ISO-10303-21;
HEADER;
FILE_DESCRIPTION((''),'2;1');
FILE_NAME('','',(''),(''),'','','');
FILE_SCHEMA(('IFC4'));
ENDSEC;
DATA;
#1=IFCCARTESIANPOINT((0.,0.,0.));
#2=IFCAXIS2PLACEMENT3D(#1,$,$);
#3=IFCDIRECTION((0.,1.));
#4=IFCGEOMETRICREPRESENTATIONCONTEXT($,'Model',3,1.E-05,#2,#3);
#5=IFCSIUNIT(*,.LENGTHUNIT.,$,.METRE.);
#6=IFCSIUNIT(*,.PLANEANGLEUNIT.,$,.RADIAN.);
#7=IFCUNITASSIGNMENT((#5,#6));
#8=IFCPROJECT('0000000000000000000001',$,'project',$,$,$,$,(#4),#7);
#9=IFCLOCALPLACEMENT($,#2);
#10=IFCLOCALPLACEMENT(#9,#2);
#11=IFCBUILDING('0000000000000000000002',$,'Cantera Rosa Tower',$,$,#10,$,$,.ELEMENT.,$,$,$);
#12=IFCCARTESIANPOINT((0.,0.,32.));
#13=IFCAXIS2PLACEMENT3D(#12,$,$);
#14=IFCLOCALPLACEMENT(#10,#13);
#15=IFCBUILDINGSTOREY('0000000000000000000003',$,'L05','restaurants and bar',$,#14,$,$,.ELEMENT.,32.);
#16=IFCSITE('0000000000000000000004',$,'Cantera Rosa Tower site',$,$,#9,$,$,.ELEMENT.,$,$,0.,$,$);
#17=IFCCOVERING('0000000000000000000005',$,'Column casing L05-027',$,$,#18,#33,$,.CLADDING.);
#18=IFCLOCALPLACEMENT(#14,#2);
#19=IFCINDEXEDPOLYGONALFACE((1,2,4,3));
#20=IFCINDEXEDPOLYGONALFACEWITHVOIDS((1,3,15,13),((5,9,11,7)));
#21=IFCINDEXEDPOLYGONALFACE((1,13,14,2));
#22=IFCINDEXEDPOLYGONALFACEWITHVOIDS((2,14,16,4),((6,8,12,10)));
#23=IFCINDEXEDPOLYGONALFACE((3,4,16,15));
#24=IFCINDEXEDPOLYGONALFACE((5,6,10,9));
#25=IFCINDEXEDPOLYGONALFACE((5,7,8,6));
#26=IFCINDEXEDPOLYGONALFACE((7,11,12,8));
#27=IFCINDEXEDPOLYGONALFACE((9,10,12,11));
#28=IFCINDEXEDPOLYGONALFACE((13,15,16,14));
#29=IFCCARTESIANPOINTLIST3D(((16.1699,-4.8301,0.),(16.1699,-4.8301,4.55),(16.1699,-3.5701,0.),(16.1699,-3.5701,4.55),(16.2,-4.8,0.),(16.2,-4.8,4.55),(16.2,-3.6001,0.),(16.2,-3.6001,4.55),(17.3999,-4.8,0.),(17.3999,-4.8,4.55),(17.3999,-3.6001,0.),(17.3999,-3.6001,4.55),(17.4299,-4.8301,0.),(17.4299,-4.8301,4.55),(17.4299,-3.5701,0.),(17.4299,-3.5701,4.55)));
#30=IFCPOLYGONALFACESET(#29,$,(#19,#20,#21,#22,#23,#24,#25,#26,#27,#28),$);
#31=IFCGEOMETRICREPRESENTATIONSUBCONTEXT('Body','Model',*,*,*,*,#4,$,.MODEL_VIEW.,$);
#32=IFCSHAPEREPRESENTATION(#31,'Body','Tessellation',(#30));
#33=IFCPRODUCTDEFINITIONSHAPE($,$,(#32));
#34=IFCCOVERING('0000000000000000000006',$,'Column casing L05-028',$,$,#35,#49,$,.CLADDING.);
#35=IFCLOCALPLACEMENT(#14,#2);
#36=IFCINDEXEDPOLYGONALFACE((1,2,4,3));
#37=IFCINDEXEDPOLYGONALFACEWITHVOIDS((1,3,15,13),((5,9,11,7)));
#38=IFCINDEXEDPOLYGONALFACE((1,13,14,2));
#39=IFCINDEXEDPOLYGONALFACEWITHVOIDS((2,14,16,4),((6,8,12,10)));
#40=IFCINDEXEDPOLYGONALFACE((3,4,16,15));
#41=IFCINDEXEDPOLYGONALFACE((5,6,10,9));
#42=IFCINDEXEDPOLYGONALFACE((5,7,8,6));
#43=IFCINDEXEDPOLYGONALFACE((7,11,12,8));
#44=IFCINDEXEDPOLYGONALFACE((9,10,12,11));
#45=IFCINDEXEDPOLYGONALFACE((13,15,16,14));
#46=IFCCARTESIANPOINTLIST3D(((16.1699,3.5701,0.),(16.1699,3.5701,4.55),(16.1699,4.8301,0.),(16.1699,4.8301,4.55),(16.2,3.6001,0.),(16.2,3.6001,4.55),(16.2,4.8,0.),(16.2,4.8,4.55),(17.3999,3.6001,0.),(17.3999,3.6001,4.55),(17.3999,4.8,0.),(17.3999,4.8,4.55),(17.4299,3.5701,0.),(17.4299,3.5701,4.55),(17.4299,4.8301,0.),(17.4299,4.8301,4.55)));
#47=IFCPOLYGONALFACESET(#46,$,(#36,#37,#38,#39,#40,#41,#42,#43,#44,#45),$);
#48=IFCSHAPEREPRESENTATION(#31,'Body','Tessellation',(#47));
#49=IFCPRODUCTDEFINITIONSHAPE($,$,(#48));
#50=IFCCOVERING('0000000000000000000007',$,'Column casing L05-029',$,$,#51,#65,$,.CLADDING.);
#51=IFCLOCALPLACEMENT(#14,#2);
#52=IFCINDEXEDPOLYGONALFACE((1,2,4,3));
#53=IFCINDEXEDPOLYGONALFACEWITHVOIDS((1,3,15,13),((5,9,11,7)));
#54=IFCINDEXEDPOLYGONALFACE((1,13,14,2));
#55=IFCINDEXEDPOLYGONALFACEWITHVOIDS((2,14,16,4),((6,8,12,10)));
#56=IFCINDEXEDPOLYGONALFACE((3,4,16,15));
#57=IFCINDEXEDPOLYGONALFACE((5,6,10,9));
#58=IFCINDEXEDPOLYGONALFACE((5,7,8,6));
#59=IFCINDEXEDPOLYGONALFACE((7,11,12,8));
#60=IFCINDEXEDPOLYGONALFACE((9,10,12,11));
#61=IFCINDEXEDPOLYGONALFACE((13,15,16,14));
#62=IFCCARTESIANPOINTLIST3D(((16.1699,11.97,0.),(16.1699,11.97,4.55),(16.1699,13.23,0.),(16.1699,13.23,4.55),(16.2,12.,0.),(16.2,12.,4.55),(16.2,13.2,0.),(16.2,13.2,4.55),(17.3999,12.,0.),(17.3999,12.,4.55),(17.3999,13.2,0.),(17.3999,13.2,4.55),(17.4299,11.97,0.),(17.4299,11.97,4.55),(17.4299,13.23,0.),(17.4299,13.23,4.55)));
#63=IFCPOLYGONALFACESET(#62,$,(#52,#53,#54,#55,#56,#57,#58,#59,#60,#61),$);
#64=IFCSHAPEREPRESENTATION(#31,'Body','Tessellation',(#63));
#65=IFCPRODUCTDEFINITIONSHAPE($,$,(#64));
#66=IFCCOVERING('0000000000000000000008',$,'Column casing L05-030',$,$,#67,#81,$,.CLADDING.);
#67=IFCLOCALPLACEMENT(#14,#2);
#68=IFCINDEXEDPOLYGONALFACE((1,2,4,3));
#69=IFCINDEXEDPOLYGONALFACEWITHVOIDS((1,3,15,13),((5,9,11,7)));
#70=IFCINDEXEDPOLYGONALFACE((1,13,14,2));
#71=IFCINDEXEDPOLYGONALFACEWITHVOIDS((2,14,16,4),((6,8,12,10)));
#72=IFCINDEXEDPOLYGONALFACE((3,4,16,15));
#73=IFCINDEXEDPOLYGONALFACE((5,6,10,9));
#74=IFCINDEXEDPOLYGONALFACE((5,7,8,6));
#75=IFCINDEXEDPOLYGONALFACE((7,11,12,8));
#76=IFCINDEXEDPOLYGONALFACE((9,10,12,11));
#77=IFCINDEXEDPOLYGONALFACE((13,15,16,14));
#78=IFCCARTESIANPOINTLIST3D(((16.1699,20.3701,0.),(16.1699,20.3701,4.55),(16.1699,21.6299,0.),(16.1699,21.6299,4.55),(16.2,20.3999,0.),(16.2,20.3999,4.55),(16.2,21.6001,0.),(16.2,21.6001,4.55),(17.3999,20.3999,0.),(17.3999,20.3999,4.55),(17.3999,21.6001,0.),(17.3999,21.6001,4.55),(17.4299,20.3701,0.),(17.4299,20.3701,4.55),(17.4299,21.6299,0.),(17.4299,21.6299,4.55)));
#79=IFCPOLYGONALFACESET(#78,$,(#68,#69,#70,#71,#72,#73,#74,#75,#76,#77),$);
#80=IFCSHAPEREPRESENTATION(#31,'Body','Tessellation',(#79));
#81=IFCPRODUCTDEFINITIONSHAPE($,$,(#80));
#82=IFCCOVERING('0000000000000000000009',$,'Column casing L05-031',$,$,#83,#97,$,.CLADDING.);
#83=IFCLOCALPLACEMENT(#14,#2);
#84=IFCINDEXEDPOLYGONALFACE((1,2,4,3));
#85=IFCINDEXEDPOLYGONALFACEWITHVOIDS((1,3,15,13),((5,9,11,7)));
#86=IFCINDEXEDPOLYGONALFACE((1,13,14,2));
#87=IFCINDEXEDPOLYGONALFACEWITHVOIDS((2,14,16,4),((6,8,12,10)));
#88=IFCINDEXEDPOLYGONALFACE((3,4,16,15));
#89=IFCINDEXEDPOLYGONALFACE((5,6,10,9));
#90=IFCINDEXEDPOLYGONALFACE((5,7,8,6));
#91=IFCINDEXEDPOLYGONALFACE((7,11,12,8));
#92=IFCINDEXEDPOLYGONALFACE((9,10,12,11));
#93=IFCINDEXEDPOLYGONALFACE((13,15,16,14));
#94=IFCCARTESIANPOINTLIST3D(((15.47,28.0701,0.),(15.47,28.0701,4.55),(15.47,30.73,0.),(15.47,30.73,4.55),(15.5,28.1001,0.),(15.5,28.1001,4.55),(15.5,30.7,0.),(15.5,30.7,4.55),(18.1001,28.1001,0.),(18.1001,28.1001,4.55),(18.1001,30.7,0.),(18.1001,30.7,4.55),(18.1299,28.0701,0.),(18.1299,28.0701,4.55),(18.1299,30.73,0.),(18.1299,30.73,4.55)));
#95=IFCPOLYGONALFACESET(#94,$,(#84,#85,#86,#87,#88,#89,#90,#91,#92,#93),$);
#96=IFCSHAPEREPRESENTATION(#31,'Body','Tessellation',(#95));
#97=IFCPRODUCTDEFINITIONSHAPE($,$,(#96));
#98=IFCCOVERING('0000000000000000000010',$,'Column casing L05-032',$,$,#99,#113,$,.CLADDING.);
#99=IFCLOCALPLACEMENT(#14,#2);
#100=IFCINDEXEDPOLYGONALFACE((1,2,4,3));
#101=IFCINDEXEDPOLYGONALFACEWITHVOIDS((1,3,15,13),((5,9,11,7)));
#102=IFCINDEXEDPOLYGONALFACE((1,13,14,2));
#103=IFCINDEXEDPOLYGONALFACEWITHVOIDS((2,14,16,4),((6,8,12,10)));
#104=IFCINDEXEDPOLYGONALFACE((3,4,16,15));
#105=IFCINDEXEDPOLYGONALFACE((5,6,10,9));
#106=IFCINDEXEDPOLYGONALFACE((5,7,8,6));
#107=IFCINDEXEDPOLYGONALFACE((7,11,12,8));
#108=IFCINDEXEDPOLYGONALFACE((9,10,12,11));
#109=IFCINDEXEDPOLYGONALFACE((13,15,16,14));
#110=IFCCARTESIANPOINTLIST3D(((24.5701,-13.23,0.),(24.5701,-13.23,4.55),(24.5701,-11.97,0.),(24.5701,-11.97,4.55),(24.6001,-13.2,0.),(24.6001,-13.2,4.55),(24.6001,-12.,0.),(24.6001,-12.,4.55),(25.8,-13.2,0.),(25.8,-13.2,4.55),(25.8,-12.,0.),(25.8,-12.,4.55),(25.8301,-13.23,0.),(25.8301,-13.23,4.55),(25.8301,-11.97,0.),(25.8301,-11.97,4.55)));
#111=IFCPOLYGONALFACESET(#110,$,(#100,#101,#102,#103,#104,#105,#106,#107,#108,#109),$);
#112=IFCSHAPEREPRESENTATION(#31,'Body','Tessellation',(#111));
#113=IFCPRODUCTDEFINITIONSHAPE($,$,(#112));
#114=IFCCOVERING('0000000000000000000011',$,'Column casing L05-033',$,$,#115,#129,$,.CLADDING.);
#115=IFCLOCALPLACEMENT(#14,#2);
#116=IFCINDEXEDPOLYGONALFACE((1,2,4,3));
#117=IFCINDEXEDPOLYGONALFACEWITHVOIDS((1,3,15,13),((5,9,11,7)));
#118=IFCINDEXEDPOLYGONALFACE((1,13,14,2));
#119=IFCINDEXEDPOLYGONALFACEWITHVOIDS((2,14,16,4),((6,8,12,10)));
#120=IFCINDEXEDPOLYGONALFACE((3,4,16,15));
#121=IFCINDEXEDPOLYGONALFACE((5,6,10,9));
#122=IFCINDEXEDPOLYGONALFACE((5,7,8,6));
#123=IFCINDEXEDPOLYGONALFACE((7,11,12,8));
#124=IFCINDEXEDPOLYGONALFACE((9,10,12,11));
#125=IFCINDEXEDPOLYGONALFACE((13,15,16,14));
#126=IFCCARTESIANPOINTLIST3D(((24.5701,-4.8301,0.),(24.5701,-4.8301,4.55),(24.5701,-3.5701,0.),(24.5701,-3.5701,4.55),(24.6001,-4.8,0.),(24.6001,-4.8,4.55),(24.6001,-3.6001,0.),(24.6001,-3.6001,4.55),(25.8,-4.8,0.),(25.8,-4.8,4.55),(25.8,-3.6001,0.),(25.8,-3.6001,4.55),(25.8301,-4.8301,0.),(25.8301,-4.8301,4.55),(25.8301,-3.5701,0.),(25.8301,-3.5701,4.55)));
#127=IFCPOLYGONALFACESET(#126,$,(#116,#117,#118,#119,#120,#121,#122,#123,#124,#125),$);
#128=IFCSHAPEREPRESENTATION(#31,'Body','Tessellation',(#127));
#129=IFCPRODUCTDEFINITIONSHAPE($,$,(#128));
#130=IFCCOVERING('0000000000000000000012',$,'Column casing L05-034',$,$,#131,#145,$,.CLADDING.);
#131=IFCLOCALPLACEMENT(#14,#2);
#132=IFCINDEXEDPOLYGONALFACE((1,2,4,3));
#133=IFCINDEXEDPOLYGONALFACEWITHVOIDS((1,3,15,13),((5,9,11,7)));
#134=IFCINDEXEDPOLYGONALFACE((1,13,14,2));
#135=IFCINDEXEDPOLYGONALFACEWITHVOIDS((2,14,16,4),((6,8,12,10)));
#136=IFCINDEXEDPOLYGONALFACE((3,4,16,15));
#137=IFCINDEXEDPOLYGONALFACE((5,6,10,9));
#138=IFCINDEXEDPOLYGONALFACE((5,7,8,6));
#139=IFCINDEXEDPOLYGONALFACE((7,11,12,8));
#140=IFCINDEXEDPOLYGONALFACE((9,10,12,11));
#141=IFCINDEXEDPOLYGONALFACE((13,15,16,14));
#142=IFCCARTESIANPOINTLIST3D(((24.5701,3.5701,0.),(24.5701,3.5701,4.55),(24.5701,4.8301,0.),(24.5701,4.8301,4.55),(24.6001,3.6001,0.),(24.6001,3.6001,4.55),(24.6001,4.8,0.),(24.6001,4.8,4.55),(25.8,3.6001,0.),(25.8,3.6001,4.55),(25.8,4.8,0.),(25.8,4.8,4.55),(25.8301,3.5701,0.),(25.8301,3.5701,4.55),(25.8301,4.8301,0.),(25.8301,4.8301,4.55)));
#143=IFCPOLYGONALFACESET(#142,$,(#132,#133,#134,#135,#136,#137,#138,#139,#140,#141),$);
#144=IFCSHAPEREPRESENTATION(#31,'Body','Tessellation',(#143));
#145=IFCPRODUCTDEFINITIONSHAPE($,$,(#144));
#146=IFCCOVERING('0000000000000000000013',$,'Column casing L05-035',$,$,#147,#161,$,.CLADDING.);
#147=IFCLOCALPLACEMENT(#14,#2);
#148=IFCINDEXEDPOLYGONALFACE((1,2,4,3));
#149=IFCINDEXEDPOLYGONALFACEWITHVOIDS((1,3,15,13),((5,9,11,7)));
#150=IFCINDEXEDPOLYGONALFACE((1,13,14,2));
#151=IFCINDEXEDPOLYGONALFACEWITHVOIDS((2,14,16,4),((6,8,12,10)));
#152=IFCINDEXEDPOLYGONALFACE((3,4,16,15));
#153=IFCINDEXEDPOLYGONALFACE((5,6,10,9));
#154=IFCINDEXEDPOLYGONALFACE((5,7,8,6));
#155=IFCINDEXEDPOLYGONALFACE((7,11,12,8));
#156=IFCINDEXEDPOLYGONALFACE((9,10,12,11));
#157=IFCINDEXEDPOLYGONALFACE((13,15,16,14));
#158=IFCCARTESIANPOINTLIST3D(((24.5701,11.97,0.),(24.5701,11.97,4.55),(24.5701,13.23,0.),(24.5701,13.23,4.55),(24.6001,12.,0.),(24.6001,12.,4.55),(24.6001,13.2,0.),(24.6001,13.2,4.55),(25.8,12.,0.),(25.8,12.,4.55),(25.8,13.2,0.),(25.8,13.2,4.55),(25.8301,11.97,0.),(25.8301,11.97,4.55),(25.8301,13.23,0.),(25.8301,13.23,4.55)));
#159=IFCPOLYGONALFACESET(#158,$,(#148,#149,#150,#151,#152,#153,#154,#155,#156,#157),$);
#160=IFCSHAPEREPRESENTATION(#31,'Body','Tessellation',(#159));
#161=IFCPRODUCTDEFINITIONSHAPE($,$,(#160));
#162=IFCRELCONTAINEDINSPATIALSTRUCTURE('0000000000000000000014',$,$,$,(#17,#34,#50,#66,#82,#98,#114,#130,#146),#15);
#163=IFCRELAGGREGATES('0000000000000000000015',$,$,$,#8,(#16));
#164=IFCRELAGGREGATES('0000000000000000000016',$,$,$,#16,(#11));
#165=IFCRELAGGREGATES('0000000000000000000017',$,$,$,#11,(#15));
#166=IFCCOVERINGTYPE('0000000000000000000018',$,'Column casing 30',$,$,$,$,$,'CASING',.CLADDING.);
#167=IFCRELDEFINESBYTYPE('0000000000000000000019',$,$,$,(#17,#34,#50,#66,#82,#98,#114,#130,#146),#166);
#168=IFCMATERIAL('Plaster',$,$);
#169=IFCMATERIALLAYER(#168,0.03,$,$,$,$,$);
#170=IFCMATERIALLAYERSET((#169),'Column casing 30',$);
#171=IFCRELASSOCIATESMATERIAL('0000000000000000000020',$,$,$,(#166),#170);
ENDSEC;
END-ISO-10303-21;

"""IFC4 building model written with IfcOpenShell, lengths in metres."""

from ifc_helpers import new_model, si_unit, direction, frame, origin, place, context, subcontext, project, spatial, polyline, outline, extrude, material, layer, layer_set, type_object, element, save


model = new_model("IFC4")

# Units and contexts
model_context = context("Model", 3, precision=1e-05, world=origin(), true_north=direction((0.0, 1.0)))
body_context = subcontext(model_context, "Body", "Model", "MODEL_VIEW")
ifc_project = project(units=[si_unit("LENGTHUNIT", "METRE"), si_unit("PLANEANGLEUNIT", "RADIAN")], contexts=[model_context])

# Site, building, storey
site_placement = place(None, origin())
site = spatial("IfcSite", under=ifc_project, at=site_placement, Name="Cantera Rosa Tower site", CompositionType="ELEMENT", RefElevation=0.0)
building_placement = place(site_placement, origin())
building = spatial("IfcBuilding", under=site, at=building_placement, Name="Cantera Rosa Tower", CompositionType="ELEMENT")
storey_placement = place(building_placement, frame((0.0, 0.0, 32.0)))
storey = spatial("IfcBuildingStorey", under=building, at=storey_placement, Name="L05", Description="restaurants and bar", CompositionType="ELEMENT", Elevation=32.0)

# Coverings
ifc_material_1 = material(Name="Plaster")
ifc_layer_1 = layer(ifc_material_1, 0.03)
ifc_layer_set_1 = layer_set([ifc_layer_1], Name="Column casing 30")
covering_type = type_object("IfcCoveringType", Name="Column casing 30", ElementType="CASING", PredefinedType="CLADDING", material=ifc_layer_set_1)
covering_1_placement = place(storey_placement, origin())
element("IfcCovering", 1, at=covering_1_placement, inside=storey, type_object=covering_type, Name="Column casing L05-027", PredefinedType="CLADDING", context=body_context, shape_type="SweptSolid", body=[
    extrude(outline(polyline([(16.1699, -4.8301), (17.4299, -4.8301), (17.4299, -3.5701), (16.1699, -3.5701), (16.1699, -4.8301)]), holes=[polyline([(17.3999, -3.6001), (16.2, -3.6001), (16.2, -4.8), (17.3999, -4.8), (17.3999, -3.6001)])]), origin(), (0.0, 0.0, 1.0), 4.55),
])
covering_2_placement = place(storey_placement, origin())
element("IfcCovering", 2, at=covering_2_placement, inside=storey, type_object=covering_type, Name="Column casing L05-028", PredefinedType="CLADDING", context=body_context, shape_type="SweptSolid", body=[
    extrude(outline(polyline([(16.1699, 3.5701), (17.4299, 3.5701), (17.4299, 4.8301), (16.1699, 4.8301), (16.1699, 3.5701)]), holes=[polyline([(17.3999, 4.8), (16.2, 4.8), (16.2, 3.6001), (17.3999, 3.6001), (17.3999, 4.8)])]), origin(), (0.0, 0.0, 1.0), 4.55),
])
covering_3_placement = place(storey_placement, origin())
element("IfcCovering", 3, at=covering_3_placement, inside=storey, type_object=covering_type, Name="Column casing L05-029", PredefinedType="CLADDING", context=body_context, shape_type="SweptSolid", body=[
    extrude(outline(polyline([(16.1699, 11.97), (17.4299, 11.97), (17.4299, 13.23), (16.1699, 13.23), (16.1699, 11.97)]), holes=[polyline([(17.3999, 13.2), (16.2, 13.2), (16.2, 12.0), (17.3999, 12.0), (17.3999, 13.2)])]), origin(), (0.0, 0.0, 1.0), 4.55),
])
covering_4_placement = place(storey_placement, origin())
element("IfcCovering", 4, at=covering_4_placement, inside=storey, type_object=covering_type, Name="Column casing L05-030", PredefinedType="CLADDING", context=body_context, shape_type="SweptSolid", body=[
    extrude(outline(polyline([(16.1699, 20.3701), (17.4299, 20.3701), (17.4299, 21.6299), (16.1699, 21.6299), (16.1699, 20.3701)]), holes=[polyline([(17.3999, 21.6001), (16.2, 21.6001), (16.2, 20.3999), (17.3999, 20.3999), (17.3999, 21.6001)])]), origin(), (0.0, 0.0, 1.0), 4.55),
])
covering_5_placement = place(storey_placement, origin())
element("IfcCovering", 5, at=covering_5_placement, inside=storey, type_object=covering_type, Name="Column casing L05-031", PredefinedType="CLADDING", context=body_context, shape_type="SweptSolid", body=[
    extrude(outline(polyline([(15.47, 28.0701), (18.1299, 28.0701), (18.1299, 30.73), (15.47, 30.73), (15.47, 28.0701)]), holes=[polyline([(18.1001, 30.7), (15.5, 30.7), (15.5, 28.1001), (18.1001, 28.1001), (18.1001, 30.7)])]), origin(), (0.0, 0.0, 1.0), 4.55),
])
covering_6_placement = place(storey_placement, origin())
element("IfcCovering", 6, at=covering_6_placement, inside=storey, type_object=covering_type, Name="Column casing L05-032", PredefinedType="CLADDING", context=body_context, shape_type="SweptSolid", body=[
    extrude(outline(polyline([(24.5701, -13.23), (25.8301, -13.23), (25.8301, -11.97), (24.5701, -11.97), (24.5701, -13.23)]), holes=[polyline([(25.8, -12.0), (24.6001, -12.0), (24.6001, -13.2), (25.8, -13.2), (25.8, -12.0)])]), origin(), (0.0, 0.0, 1.0), 4.55),
])
covering_7_placement = place(storey_placement, origin())
element("IfcCovering", 7, at=covering_7_placement, inside=storey, type_object=covering_type, Name="Column casing L05-033", PredefinedType="CLADDING", context=body_context, shape_type="SweptSolid", body=[
    extrude(outline(polyline([(24.5701, -4.8301), (25.8301, -4.8301), (25.8301, -3.5701), (24.5701, -3.5701), (24.5701, -4.8301)]), holes=[polyline([(25.8, -3.6001), (24.6001, -3.6001), (24.6001, -4.8), (25.8, -4.8), (25.8, -3.6001)])]), origin(), (0.0, 0.0, 1.0), 4.55),
])
covering_8_placement = place(storey_placement, origin())
element("IfcCovering", 8, at=covering_8_placement, inside=storey, type_object=covering_type, Name="Column casing L05-034", PredefinedType="CLADDING", context=body_context, shape_type="SweptSolid", body=[
    extrude(outline(polyline([(24.5701, 3.5701), (25.8301, 3.5701), (25.8301, 4.8301), (24.5701, 4.8301), (24.5701, 3.5701)]), holes=[polyline([(25.8, 4.8), (24.6001, 4.8), (24.6001, 3.6001), (25.8, 3.6001), (25.8, 4.8)])]), origin(), (0.0, 0.0, 1.0), 4.55),
])
covering_9_placement = place(storey_placement, origin())
element("IfcCovering", 9, at=covering_9_placement, inside=storey, type_object=covering_type, Name="Column casing L05-035", PredefinedType="CLADDING", context=body_context, shape_type="SweptSolid", body=[
    extrude(outline(polyline([(24.5701, 11.97), (25.8301, 11.97), (25.8301, 13.23), (24.5701, 13.23), (24.5701, 11.97)]), holes=[polyline([(25.8, 13.2), (24.6001, 13.2), (24.6001, 12.0), (25.8, 12.0), (25.8, 13.2)])]), origin(), (0.0, 0.0, 1.0), 4.55),
])

save(model, "model.ifc")
